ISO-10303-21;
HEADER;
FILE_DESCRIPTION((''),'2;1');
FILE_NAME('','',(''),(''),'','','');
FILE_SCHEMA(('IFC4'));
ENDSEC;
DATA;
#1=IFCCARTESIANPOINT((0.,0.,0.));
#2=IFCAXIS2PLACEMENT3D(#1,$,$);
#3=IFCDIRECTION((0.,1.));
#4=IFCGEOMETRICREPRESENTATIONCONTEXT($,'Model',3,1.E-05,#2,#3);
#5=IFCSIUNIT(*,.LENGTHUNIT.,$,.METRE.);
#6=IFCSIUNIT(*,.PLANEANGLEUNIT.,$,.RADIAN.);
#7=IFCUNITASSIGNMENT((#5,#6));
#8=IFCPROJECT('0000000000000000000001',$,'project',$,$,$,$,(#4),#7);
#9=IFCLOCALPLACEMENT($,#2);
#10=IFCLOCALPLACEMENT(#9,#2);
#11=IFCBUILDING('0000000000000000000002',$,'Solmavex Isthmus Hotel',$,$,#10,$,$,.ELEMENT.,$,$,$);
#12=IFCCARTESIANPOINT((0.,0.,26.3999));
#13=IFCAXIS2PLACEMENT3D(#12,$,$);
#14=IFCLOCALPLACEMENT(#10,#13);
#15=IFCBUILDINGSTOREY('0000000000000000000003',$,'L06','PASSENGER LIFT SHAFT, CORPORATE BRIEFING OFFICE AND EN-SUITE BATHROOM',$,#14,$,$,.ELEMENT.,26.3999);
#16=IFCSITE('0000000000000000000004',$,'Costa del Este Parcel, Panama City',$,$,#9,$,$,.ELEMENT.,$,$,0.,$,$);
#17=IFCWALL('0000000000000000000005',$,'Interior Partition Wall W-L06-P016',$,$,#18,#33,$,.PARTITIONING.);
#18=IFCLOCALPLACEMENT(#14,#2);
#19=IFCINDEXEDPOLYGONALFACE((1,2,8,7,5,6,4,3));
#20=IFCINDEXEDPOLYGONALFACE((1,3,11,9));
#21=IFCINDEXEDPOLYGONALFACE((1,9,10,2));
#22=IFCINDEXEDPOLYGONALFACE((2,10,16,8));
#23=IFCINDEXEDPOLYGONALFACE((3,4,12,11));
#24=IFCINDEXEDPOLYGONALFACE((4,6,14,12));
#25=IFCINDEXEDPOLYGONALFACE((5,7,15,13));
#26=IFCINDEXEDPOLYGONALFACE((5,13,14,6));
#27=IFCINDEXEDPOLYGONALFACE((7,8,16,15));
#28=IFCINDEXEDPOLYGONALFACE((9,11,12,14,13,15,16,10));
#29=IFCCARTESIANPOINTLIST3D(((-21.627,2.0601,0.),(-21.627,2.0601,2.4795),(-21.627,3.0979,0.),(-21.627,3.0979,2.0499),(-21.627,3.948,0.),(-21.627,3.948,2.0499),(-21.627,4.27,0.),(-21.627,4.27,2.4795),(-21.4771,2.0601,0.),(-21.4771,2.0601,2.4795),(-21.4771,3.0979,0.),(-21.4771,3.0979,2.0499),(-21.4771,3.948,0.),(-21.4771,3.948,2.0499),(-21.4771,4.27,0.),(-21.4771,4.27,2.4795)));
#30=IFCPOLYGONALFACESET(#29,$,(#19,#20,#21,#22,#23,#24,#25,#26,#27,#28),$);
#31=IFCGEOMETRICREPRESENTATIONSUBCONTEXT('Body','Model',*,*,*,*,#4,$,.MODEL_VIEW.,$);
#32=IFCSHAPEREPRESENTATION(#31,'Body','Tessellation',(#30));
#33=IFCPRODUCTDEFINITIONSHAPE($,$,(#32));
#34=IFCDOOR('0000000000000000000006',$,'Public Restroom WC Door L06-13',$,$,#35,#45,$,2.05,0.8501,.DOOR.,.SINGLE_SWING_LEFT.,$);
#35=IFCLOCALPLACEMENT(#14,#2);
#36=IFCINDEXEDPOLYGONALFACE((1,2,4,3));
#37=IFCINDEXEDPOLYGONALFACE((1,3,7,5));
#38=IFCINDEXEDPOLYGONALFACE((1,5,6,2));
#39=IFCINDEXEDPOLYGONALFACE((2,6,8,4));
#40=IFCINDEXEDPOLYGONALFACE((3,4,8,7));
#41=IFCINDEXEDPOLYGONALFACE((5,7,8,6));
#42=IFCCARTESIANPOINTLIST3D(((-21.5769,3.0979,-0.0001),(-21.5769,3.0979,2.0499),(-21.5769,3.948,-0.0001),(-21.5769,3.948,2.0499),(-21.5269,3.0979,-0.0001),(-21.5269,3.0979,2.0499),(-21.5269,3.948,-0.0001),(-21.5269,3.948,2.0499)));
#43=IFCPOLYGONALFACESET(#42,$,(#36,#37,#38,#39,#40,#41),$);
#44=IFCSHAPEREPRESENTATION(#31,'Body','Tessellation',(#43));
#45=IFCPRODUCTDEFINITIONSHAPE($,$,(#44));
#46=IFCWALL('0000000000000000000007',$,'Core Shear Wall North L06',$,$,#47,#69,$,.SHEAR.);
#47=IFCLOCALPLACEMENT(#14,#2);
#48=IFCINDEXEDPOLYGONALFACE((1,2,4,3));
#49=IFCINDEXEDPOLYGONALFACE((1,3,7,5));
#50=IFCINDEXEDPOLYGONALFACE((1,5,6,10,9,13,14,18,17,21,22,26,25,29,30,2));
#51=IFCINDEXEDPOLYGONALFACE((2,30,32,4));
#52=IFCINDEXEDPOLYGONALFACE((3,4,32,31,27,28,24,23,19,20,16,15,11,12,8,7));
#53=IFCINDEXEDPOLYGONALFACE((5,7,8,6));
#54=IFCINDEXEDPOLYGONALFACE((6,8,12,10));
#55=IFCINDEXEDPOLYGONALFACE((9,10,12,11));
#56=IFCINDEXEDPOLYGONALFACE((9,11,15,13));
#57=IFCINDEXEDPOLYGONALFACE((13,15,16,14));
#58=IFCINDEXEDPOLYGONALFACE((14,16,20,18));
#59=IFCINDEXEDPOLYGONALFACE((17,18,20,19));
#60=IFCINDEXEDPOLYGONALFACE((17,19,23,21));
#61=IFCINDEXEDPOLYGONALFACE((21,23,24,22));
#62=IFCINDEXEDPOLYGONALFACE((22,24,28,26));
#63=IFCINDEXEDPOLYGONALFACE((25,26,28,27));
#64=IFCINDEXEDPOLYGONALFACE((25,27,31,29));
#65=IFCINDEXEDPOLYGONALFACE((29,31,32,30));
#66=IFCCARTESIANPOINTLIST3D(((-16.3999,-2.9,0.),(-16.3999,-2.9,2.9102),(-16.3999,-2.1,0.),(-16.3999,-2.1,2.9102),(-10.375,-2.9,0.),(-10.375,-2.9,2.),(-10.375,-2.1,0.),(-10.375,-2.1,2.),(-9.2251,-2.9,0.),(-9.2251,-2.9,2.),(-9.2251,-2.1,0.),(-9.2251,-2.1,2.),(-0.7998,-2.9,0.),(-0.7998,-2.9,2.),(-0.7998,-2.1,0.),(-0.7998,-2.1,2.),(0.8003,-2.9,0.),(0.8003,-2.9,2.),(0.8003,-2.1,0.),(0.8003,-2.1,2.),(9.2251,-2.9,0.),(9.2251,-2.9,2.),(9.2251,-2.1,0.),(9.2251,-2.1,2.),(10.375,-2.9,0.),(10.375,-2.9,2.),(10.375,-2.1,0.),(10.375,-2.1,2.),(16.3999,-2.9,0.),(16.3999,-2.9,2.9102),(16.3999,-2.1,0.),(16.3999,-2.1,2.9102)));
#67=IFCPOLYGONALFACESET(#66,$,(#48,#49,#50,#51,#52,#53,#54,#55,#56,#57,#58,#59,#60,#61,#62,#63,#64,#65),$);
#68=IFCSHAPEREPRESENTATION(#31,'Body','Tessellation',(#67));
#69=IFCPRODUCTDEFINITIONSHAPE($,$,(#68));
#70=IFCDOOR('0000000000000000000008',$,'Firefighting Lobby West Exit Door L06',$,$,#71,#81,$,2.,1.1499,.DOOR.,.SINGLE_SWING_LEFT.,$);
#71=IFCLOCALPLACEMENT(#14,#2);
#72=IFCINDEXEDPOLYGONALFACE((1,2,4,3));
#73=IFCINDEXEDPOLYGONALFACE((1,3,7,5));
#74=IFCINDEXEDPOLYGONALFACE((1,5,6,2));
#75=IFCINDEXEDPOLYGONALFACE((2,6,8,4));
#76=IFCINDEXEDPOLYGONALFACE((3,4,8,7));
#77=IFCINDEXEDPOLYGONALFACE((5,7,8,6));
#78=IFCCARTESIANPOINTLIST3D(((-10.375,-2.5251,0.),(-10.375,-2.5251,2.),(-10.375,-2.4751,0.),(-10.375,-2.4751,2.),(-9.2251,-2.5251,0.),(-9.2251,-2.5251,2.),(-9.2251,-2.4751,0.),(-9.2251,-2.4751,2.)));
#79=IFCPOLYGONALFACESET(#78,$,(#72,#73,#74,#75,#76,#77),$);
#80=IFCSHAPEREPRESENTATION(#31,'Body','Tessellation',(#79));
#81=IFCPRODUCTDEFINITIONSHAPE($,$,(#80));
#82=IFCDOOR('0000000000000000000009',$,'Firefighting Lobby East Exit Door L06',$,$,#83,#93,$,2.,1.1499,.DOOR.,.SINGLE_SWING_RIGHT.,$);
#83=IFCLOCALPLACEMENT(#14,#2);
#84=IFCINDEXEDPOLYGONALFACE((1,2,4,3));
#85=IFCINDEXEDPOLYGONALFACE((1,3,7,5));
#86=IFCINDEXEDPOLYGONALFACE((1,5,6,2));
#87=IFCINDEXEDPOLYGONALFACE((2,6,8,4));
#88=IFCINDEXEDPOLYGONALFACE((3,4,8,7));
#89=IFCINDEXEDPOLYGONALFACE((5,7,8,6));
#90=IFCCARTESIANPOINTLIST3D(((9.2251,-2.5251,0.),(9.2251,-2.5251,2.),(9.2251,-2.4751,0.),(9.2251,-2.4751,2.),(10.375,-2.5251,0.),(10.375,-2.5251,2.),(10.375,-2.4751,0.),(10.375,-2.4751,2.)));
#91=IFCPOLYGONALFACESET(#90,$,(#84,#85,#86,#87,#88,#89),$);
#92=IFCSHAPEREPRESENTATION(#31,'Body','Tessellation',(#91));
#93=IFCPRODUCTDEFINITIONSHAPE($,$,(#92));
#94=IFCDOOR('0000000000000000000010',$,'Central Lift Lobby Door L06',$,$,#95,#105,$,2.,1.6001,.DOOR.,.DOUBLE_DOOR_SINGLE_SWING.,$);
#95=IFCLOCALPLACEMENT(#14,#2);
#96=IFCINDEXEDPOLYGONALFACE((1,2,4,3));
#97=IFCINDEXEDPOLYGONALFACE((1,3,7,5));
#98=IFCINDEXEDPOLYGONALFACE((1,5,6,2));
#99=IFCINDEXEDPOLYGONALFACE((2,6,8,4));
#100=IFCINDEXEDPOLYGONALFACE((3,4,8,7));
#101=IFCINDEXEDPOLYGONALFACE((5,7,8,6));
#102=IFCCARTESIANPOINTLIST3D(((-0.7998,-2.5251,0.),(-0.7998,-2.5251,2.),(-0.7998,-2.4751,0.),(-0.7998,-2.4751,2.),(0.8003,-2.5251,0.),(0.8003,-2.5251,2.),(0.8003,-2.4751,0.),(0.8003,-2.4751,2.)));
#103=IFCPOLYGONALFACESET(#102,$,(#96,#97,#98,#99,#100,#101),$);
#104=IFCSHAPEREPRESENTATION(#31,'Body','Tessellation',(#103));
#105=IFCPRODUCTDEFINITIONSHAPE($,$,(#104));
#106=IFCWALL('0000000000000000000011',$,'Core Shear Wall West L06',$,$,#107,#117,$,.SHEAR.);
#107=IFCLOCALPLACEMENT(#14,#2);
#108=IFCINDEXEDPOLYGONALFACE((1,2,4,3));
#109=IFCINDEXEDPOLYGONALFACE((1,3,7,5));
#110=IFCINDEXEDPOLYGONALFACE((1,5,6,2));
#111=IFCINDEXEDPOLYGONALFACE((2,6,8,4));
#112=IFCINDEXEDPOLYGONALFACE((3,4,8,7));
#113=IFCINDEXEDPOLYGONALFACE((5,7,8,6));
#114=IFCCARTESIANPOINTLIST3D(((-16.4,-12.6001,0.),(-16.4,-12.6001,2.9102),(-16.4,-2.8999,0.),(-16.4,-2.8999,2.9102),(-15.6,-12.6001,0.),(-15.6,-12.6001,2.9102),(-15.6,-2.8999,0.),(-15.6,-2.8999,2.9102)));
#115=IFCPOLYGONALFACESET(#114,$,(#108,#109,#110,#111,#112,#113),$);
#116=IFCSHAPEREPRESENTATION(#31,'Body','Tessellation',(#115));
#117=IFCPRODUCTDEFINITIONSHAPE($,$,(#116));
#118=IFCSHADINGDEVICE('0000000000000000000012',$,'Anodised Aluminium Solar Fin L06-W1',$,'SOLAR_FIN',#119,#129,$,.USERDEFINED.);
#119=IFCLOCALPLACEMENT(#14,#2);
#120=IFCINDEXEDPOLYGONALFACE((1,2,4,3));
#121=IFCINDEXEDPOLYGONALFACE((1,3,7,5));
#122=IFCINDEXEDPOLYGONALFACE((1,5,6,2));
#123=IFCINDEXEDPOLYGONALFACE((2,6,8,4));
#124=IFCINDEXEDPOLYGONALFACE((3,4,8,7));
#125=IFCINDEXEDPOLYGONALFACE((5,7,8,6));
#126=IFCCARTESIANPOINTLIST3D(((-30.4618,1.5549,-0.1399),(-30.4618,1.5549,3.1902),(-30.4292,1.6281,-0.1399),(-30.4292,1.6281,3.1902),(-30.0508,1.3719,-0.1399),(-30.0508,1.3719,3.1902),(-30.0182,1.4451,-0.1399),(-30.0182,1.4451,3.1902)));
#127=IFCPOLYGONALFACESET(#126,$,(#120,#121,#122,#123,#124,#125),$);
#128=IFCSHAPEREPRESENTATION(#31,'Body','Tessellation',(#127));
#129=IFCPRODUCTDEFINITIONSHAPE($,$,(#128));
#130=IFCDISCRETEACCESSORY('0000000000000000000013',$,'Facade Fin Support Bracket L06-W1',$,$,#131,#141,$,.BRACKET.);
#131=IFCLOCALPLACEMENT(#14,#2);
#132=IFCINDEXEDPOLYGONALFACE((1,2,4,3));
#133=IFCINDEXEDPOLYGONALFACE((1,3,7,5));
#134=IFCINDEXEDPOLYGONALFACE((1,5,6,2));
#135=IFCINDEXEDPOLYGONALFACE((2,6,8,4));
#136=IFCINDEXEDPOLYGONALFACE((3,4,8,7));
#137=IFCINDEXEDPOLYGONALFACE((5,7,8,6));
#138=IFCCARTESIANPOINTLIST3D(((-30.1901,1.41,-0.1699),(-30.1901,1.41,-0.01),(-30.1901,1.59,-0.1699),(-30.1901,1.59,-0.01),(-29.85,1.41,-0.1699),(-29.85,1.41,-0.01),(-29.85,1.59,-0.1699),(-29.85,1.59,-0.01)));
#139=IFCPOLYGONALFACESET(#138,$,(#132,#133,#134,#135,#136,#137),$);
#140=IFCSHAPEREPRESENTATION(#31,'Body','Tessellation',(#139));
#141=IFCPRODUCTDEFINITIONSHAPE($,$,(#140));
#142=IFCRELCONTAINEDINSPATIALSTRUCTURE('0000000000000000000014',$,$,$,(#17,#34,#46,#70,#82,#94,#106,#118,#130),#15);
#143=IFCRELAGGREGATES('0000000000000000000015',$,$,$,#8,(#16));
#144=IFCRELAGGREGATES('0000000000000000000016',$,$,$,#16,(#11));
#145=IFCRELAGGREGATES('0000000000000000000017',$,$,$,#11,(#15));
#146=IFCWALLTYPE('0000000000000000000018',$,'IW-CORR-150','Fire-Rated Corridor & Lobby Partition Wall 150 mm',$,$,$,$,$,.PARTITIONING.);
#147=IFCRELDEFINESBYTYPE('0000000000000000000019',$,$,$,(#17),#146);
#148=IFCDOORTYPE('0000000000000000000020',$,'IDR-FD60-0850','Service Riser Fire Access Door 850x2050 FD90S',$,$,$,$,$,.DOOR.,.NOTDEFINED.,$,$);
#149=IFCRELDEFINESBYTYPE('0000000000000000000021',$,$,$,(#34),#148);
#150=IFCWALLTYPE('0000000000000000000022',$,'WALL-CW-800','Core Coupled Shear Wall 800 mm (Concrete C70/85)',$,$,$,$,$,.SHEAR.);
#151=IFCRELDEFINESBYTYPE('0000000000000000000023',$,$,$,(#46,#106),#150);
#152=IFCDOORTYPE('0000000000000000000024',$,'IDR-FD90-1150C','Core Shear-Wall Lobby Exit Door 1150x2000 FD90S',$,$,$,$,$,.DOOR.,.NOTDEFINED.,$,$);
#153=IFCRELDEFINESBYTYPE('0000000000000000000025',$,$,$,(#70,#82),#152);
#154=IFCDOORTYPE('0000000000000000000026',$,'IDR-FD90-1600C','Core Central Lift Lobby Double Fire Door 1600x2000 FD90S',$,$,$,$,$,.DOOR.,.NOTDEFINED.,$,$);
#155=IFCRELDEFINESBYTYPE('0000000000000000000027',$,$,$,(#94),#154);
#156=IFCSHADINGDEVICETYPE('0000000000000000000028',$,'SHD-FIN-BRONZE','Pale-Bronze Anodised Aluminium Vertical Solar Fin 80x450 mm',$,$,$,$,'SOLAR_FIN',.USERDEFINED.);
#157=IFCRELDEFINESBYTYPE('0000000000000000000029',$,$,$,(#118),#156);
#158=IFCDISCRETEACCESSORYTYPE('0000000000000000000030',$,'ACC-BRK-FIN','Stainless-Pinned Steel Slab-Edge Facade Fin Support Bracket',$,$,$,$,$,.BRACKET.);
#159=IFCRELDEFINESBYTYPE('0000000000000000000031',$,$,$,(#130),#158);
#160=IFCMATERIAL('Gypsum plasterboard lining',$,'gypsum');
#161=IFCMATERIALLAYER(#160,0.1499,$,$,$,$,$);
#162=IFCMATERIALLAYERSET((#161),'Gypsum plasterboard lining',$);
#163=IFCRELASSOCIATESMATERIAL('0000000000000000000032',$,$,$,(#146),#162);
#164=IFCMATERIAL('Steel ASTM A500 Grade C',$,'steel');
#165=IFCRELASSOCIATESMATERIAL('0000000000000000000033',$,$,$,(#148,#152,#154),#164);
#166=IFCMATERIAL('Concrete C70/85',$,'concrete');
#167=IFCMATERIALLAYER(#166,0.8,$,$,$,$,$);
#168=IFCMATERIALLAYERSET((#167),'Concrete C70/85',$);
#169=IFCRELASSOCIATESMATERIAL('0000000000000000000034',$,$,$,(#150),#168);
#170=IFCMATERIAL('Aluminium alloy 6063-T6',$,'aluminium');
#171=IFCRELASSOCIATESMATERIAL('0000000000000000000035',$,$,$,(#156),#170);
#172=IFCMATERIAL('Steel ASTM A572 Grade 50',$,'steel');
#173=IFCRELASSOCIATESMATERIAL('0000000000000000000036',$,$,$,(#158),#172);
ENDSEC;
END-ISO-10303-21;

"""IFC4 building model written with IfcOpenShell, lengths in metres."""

from ifc_helpers import new_model, si_unit, direction, frame, frame_2d, origin, origin_2d, place, context, subcontext, project, spatial, rectangle, extrude, material, layer, layer_set, type_object, element, fill, save


model = new_model("IFC4")

# Units and contexts
model_context = context("Model", 3, precision=1e-05, world=origin(), true_north=direction((0.0, 1.0)))
body_context = subcontext(model_context, "Body", "Model", "MODEL_VIEW")
ifc_project = project(units=[si_unit("LENGTHUNIT", "METRE"), si_unit("PLANEANGLEUNIT", "RADIAN")], contexts=[model_context])

# Site, building, storey
site_placement = place(None, origin())
site = spatial("IfcSite", under=ifc_project, at=site_placement, Name="Costa del Este Parcel, Panama City", CompositionType="ELEMENT", RefElevation=0.0)
building_placement = place(site_placement, origin())
building = spatial("IfcBuilding", under=site, at=building_placement, Name="Solmavex Isthmus Hotel", CompositionType="ELEMENT")
storey_placement = place(building_placement, frame((0.0, 0.0, 26.3999)))
storey = spatial("IfcBuildingStorey", under=building, at=storey_placement, Name="L06", Description="PASSENGER LIFT SHAFT, CORPORATE BRIEFING OFFICE AND EN-SUITE BATHROOM", CompositionType="ELEMENT", Elevation=26.3999)

# Shared definitions
ifc_material_1 = material(Name="Concrete C70/85", Category="concrete")

# Shared definitions
ifc_material_2 = material(Name="Steel ASTM A572 Grade 50", Category="steel")

# Shared definitions
ifc_material_3 = material(Name="Aluminium alloy 6063-T6", Category="aluminium")

# Shared definitions
ifc_material_4 = material(Name="Gypsum plasterboard lining", Category="gypsum")

# Wall, opening, door
ifc_layer_1 = layer(ifc_material_4, 0.1499)
ifc_layer_set_1 = layer_set([ifc_layer_1], Name="Gypsum plasterboard lining")
wall_type_1 = type_object("IfcWallType", Name="IW-CORR-150", Description="Fire-Rated Corridor & Lobby Partition Wall 150 mm", PredefinedType="PARTITIONING", material=ifc_layer_set_1)
wall_1_placement = place(storey_placement, frame((-21.552, 2.0601, 0.0), z_axis=(0.0, 0.0, 1.0), x_axis=(0.0, 1.0, 0.0)))
wall_1 = element("IfcWall", 1, at=wall_1_placement, inside=storey, type_object=wall_type_1, Name="Interior Partition Wall W-L06-P016", PredefinedType="PARTITIONING", context=body_context, shape_type="SweptSolid", body=[
    extrude(rectangle(XDim=2.21, YDim=0.1499, at=frame_2d((1.105, 0.0))), origin(), (0.0, 0.0, 1.0), 2.4795),
])
opening_1_placement = place(wall_1_placement, frame((1.0378, 0.0, 0.0)))
opening_1 = element("IfcOpeningElement", 2, at=opening_1_placement, cuts=wall_1, PredefinedType="OPENING", context=body_context, shape_type="SweptSolid", body=[
    extrude(rectangle(XDim=0.8501, YDim=2.05, at=frame_2d((0.425, 1.0249))), frame((0.0, 0.085, 0.0), z_axis=(0.0, -1.0, 0.0), x_axis=(1.0, 0.0, 0.0)), (0.0, 0.0, 1.0), 0.1699),
])
ifc_material_5 = material(Name="Steel ASTM A500 Grade C", Category="steel")
door_type_1 = type_object("IfcDoorType", Name="IDR-FD60-0850", Description="Service Riser Fire Access Door 850x2050 FD90S", OperationType="NOTDEFINED", PredefinedType="DOOR", material=ifc_material_5)
door_1_placement = place(opening_1_placement, origin())
door_1 = element("IfcDoor", 3, at=door_1_placement, inside=storey, type_object=door_type_1, Name="Public Restroom WC Door L06-13", OperationType="SINGLE_SWING_LEFT", OverallHeight=2.05, OverallWidth=0.8501, PredefinedType="DOOR", context=body_context, shape_type="SweptSolid", body=[
    extrude(rectangle(XDim=0.8501, YDim=2.05, at=frame_2d((0.425, 1.0249))), frame((0.0, 0.0249, 0.0), z_axis=(0.0, -1.0, 0.0), x_axis=(1.0, 0.0, 0.0)), (0.0, 0.0, 1.0), 0.05),
])
fill(opening_1, door_1)

# Wall, openings, doors
ifc_layer_2 = layer(ifc_material_1, 0.8)
ifc_layer_set_2 = layer_set([ifc_layer_2], Name="Concrete C70/85")
wall_type_2 = type_object("IfcWallType", Name="WALL-CW-800", Description="Core Coupled Shear Wall 800 mm (Concrete C70/85)", PredefinedType="SHEAR", material=ifc_layer_set_2)
wall_2_placement = place(storey_placement, frame((-16.3999, -2.5, 0.0), z_axis=(0.0, 0.0, 1.0), x_axis=(1.0, 0.0, 0.0)))
wall_2 = element("IfcWall", 4, at=wall_2_placement, inside=storey, type_object=wall_type_2, Name="Core Shear Wall North L06", PredefinedType="SHEAR", context=body_context, shape_type="SweptSolid", body=[
    extrude(rectangle(XDim=32.7998, YDim=0.8, at=frame_2d((16.3999, 0.0))), origin(), (0.0, 0.0, 1.0), 2.9102),
])
opening_2_placement = place(wall_2_placement, frame((6.0249, 0.0, 0.0)))
opening_2 = element("IfcOpeningElement", 5, at=opening_2_placement, cuts=wall_2, PredefinedType="OPENING", context=body_context, shape_type="SweptSolid", body=[
    extrude(rectangle(XDim=1.1499, YDim=2.0, at=frame_2d((0.575, 1.0))), frame((0.0, 0.4099, 0.0), z_axis=(0.0, -1.0, 0.0), x_axis=(1.0, 0.0, 0.0)), (0.0, 0.0, 1.0), 0.8201),
])
opening_3_placement = place(wall_2_placement, frame((15.6001, 0.0, 0.0)))
opening_3 = element("IfcOpeningElement", 6, at=opening_3_placement, cuts=wall_2, PredefinedType="OPENING", context=body_context, shape_type="SweptSolid", body=[
    extrude(rectangle(XDim=1.6001, YDim=2.0, at=frame_2d((0.8, 1.0))), frame((0.0, 0.4099, 0.0), z_axis=(0.0, -1.0, 0.0), x_axis=(1.0, 0.0, 0.0)), (0.0, 0.0, 1.0), 0.8201),
])
opening_4_placement = place(wall_2_placement, frame((25.625, 0.0, 0.0)))
opening_4 = element("IfcOpeningElement", 7, at=opening_4_placement, cuts=wall_2, PredefinedType="OPENING", context=body_context, shape_type="SweptSolid", body=[
    extrude(rectangle(XDim=1.1499, YDim=2.0, at=frame_2d((0.575, 1.0))), frame((0.0, 0.4099, 0.0), z_axis=(0.0, -1.0, 0.0), x_axis=(1.0, 0.0, 0.0)), (0.0, 0.0, 1.0), 0.8201),
])
door_type_2 = type_object("IfcDoorType", Name="IDR-FD90-1150C", Description="Core Shear-Wall Lobby Exit Door 1150x2000 FD90S", OperationType="NOTDEFINED", PredefinedType="DOOR", material=ifc_material_5)
door_2_placement = place(opening_2_placement, origin())
door_2 = element("IfcDoor", 8, at=door_2_placement, inside=storey, type_object=door_type_2, Name="Firefighting Lobby West Exit Door L06", OperationType="SINGLE_SWING_LEFT", OverallHeight=2.0, OverallWidth=1.1499, PredefinedType="DOOR", context=body_context, shape_type="SweptSolid", body=[
    extrude(rectangle(XDim=1.1499, YDim=2.0, at=frame_2d((0.575, 1.0))), frame((0.0, 0.0249, 0.0), z_axis=(0.0, -1.0, 0.0), x_axis=(1.0, 0.0, 0.0)), (0.0, 0.0, 1.0), 0.05),
])
fill(opening_2, door_2)
door_3_placement = place(opening_4_placement, origin())
door_3 = element("IfcDoor", 9, at=door_3_placement, inside=storey, type_object=door_type_2, Name="Firefighting Lobby East Exit Door L06", OperationType="SINGLE_SWING_RIGHT", OverallHeight=2.0, OverallWidth=1.1499, PredefinedType="DOOR", context=body_context, shape_type="SweptSolid", body=[
    extrude(rectangle(XDim=1.1499, YDim=2.0, at=frame_2d((0.575, 1.0))), frame((0.0, 0.0249, 0.0), z_axis=(0.0, -1.0, 0.0), x_axis=(1.0, 0.0, 0.0)), (0.0, 0.0, 1.0), 0.05),
])
fill(opening_4, door_3)
door_type_3 = type_object("IfcDoorType", Name="IDR-FD90-1600C", Description="Core Central Lift Lobby Double Fire Door 1600x2000 FD90S", OperationType="NOTDEFINED", PredefinedType="DOOR", material=ifc_material_5)
door_4_placement = place(opening_3_placement, origin())
door_4 = element("IfcDoor", 10, at=door_4_placement, inside=storey, type_object=door_type_3, Name="Central Lift Lobby Door L06", OperationType="DOUBLE_DOOR_SINGLE_SWING", OverallHeight=2.0, OverallWidth=1.6001, PredefinedType="DOOR", context=body_context, shape_type="SweptSolid", body=[
    extrude(rectangle(XDim=1.6001, YDim=2.0, at=frame_2d((0.8, 1.0))), frame((0.0, 0.0249, 0.0), z_axis=(0.0, -1.0, 0.0), x_axis=(1.0, 0.0, 0.0)), (0.0, 0.0, 1.0), 0.05),
])
fill(opening_3, door_4)

# Wall
wall_3_placement = place(storey_placement, frame((-16.0, -12.6001, 0.0), z_axis=(0.0, 0.0, 1.0), x_axis=(0.0, 1.0, 0.0)))
element("IfcWall", 11, at=wall_3_placement, inside=storey, type_object=wall_type_2, Name="Core Shear Wall West L06", PredefinedType="SHEAR", context=body_context, shape_type="SweptSolid", body=[
    extrude(rectangle(XDim=9.7002, YDim=0.8, at=frame_2d((4.8501, 0.0))), origin(), (0.0, 0.0, 1.0), 2.9102),
])

# Shading device
shading_device_type = type_object("IfcShadingDeviceType", Name="SHD-FIN-BRONZE", Description="Pale-Bronze Anodised Aluminium Vertical Solar Fin 80x450 mm", ElementType="SOLAR_FIN", PredefinedType="USERDEFINED", material=ifc_material_3)
shading_device_placement = place(storey_placement, frame((-30.24, 1.5, -0.1399), z_axis=(0.0, 0.0, 1.0), x_axis=(-0.913545, 0.406737, 0.0)))
element("IfcShadingDevice", 12, at=shading_device_placement, inside=storey, type_object=shading_device_type, Name="Anodised Aluminium Solar Fin L06-W1", ObjectType="SOLAR_FIN", PredefinedType="USERDEFINED", context=body_context, shape_type="SweptSolid", body=[
    extrude(rectangle(XDim=0.45, YDim=0.0801, at=origin_2d()), origin(), (0.0, 0.0, 1.0), 3.3301),
])

# Discrete accessory
discrete_accessory_type = type_object("IfcDiscreteAccessoryType", Name="ACC-BRK-FIN", Description="Stainless-Pinned Steel Slab-Edge Facade Fin Support Bracket", PredefinedType="BRACKET", material=ifc_material_2)
discrete_accessory_placement = place(storey_placement, frame((-30.02, 1.5, -0.1699), z_axis=(0.0, 0.0, 1.0), x_axis=(-1.0, 0.0, 0.0)))
element("IfcDiscreteAccessory", 13, at=discrete_accessory_placement, inside=storey, type_object=discrete_accessory_type, Name="Facade Fin Support Bracket L06-W1", PredefinedType="BRACKET", context=body_context, shape_type="SweptSolid", body=[
    extrude(rectangle(XDim=0.3401, YDim=0.1799, at=origin_2d()), origin(), (0.0, 0.0, 1.0), 0.1599),
])

save(model, "model.ifc")
